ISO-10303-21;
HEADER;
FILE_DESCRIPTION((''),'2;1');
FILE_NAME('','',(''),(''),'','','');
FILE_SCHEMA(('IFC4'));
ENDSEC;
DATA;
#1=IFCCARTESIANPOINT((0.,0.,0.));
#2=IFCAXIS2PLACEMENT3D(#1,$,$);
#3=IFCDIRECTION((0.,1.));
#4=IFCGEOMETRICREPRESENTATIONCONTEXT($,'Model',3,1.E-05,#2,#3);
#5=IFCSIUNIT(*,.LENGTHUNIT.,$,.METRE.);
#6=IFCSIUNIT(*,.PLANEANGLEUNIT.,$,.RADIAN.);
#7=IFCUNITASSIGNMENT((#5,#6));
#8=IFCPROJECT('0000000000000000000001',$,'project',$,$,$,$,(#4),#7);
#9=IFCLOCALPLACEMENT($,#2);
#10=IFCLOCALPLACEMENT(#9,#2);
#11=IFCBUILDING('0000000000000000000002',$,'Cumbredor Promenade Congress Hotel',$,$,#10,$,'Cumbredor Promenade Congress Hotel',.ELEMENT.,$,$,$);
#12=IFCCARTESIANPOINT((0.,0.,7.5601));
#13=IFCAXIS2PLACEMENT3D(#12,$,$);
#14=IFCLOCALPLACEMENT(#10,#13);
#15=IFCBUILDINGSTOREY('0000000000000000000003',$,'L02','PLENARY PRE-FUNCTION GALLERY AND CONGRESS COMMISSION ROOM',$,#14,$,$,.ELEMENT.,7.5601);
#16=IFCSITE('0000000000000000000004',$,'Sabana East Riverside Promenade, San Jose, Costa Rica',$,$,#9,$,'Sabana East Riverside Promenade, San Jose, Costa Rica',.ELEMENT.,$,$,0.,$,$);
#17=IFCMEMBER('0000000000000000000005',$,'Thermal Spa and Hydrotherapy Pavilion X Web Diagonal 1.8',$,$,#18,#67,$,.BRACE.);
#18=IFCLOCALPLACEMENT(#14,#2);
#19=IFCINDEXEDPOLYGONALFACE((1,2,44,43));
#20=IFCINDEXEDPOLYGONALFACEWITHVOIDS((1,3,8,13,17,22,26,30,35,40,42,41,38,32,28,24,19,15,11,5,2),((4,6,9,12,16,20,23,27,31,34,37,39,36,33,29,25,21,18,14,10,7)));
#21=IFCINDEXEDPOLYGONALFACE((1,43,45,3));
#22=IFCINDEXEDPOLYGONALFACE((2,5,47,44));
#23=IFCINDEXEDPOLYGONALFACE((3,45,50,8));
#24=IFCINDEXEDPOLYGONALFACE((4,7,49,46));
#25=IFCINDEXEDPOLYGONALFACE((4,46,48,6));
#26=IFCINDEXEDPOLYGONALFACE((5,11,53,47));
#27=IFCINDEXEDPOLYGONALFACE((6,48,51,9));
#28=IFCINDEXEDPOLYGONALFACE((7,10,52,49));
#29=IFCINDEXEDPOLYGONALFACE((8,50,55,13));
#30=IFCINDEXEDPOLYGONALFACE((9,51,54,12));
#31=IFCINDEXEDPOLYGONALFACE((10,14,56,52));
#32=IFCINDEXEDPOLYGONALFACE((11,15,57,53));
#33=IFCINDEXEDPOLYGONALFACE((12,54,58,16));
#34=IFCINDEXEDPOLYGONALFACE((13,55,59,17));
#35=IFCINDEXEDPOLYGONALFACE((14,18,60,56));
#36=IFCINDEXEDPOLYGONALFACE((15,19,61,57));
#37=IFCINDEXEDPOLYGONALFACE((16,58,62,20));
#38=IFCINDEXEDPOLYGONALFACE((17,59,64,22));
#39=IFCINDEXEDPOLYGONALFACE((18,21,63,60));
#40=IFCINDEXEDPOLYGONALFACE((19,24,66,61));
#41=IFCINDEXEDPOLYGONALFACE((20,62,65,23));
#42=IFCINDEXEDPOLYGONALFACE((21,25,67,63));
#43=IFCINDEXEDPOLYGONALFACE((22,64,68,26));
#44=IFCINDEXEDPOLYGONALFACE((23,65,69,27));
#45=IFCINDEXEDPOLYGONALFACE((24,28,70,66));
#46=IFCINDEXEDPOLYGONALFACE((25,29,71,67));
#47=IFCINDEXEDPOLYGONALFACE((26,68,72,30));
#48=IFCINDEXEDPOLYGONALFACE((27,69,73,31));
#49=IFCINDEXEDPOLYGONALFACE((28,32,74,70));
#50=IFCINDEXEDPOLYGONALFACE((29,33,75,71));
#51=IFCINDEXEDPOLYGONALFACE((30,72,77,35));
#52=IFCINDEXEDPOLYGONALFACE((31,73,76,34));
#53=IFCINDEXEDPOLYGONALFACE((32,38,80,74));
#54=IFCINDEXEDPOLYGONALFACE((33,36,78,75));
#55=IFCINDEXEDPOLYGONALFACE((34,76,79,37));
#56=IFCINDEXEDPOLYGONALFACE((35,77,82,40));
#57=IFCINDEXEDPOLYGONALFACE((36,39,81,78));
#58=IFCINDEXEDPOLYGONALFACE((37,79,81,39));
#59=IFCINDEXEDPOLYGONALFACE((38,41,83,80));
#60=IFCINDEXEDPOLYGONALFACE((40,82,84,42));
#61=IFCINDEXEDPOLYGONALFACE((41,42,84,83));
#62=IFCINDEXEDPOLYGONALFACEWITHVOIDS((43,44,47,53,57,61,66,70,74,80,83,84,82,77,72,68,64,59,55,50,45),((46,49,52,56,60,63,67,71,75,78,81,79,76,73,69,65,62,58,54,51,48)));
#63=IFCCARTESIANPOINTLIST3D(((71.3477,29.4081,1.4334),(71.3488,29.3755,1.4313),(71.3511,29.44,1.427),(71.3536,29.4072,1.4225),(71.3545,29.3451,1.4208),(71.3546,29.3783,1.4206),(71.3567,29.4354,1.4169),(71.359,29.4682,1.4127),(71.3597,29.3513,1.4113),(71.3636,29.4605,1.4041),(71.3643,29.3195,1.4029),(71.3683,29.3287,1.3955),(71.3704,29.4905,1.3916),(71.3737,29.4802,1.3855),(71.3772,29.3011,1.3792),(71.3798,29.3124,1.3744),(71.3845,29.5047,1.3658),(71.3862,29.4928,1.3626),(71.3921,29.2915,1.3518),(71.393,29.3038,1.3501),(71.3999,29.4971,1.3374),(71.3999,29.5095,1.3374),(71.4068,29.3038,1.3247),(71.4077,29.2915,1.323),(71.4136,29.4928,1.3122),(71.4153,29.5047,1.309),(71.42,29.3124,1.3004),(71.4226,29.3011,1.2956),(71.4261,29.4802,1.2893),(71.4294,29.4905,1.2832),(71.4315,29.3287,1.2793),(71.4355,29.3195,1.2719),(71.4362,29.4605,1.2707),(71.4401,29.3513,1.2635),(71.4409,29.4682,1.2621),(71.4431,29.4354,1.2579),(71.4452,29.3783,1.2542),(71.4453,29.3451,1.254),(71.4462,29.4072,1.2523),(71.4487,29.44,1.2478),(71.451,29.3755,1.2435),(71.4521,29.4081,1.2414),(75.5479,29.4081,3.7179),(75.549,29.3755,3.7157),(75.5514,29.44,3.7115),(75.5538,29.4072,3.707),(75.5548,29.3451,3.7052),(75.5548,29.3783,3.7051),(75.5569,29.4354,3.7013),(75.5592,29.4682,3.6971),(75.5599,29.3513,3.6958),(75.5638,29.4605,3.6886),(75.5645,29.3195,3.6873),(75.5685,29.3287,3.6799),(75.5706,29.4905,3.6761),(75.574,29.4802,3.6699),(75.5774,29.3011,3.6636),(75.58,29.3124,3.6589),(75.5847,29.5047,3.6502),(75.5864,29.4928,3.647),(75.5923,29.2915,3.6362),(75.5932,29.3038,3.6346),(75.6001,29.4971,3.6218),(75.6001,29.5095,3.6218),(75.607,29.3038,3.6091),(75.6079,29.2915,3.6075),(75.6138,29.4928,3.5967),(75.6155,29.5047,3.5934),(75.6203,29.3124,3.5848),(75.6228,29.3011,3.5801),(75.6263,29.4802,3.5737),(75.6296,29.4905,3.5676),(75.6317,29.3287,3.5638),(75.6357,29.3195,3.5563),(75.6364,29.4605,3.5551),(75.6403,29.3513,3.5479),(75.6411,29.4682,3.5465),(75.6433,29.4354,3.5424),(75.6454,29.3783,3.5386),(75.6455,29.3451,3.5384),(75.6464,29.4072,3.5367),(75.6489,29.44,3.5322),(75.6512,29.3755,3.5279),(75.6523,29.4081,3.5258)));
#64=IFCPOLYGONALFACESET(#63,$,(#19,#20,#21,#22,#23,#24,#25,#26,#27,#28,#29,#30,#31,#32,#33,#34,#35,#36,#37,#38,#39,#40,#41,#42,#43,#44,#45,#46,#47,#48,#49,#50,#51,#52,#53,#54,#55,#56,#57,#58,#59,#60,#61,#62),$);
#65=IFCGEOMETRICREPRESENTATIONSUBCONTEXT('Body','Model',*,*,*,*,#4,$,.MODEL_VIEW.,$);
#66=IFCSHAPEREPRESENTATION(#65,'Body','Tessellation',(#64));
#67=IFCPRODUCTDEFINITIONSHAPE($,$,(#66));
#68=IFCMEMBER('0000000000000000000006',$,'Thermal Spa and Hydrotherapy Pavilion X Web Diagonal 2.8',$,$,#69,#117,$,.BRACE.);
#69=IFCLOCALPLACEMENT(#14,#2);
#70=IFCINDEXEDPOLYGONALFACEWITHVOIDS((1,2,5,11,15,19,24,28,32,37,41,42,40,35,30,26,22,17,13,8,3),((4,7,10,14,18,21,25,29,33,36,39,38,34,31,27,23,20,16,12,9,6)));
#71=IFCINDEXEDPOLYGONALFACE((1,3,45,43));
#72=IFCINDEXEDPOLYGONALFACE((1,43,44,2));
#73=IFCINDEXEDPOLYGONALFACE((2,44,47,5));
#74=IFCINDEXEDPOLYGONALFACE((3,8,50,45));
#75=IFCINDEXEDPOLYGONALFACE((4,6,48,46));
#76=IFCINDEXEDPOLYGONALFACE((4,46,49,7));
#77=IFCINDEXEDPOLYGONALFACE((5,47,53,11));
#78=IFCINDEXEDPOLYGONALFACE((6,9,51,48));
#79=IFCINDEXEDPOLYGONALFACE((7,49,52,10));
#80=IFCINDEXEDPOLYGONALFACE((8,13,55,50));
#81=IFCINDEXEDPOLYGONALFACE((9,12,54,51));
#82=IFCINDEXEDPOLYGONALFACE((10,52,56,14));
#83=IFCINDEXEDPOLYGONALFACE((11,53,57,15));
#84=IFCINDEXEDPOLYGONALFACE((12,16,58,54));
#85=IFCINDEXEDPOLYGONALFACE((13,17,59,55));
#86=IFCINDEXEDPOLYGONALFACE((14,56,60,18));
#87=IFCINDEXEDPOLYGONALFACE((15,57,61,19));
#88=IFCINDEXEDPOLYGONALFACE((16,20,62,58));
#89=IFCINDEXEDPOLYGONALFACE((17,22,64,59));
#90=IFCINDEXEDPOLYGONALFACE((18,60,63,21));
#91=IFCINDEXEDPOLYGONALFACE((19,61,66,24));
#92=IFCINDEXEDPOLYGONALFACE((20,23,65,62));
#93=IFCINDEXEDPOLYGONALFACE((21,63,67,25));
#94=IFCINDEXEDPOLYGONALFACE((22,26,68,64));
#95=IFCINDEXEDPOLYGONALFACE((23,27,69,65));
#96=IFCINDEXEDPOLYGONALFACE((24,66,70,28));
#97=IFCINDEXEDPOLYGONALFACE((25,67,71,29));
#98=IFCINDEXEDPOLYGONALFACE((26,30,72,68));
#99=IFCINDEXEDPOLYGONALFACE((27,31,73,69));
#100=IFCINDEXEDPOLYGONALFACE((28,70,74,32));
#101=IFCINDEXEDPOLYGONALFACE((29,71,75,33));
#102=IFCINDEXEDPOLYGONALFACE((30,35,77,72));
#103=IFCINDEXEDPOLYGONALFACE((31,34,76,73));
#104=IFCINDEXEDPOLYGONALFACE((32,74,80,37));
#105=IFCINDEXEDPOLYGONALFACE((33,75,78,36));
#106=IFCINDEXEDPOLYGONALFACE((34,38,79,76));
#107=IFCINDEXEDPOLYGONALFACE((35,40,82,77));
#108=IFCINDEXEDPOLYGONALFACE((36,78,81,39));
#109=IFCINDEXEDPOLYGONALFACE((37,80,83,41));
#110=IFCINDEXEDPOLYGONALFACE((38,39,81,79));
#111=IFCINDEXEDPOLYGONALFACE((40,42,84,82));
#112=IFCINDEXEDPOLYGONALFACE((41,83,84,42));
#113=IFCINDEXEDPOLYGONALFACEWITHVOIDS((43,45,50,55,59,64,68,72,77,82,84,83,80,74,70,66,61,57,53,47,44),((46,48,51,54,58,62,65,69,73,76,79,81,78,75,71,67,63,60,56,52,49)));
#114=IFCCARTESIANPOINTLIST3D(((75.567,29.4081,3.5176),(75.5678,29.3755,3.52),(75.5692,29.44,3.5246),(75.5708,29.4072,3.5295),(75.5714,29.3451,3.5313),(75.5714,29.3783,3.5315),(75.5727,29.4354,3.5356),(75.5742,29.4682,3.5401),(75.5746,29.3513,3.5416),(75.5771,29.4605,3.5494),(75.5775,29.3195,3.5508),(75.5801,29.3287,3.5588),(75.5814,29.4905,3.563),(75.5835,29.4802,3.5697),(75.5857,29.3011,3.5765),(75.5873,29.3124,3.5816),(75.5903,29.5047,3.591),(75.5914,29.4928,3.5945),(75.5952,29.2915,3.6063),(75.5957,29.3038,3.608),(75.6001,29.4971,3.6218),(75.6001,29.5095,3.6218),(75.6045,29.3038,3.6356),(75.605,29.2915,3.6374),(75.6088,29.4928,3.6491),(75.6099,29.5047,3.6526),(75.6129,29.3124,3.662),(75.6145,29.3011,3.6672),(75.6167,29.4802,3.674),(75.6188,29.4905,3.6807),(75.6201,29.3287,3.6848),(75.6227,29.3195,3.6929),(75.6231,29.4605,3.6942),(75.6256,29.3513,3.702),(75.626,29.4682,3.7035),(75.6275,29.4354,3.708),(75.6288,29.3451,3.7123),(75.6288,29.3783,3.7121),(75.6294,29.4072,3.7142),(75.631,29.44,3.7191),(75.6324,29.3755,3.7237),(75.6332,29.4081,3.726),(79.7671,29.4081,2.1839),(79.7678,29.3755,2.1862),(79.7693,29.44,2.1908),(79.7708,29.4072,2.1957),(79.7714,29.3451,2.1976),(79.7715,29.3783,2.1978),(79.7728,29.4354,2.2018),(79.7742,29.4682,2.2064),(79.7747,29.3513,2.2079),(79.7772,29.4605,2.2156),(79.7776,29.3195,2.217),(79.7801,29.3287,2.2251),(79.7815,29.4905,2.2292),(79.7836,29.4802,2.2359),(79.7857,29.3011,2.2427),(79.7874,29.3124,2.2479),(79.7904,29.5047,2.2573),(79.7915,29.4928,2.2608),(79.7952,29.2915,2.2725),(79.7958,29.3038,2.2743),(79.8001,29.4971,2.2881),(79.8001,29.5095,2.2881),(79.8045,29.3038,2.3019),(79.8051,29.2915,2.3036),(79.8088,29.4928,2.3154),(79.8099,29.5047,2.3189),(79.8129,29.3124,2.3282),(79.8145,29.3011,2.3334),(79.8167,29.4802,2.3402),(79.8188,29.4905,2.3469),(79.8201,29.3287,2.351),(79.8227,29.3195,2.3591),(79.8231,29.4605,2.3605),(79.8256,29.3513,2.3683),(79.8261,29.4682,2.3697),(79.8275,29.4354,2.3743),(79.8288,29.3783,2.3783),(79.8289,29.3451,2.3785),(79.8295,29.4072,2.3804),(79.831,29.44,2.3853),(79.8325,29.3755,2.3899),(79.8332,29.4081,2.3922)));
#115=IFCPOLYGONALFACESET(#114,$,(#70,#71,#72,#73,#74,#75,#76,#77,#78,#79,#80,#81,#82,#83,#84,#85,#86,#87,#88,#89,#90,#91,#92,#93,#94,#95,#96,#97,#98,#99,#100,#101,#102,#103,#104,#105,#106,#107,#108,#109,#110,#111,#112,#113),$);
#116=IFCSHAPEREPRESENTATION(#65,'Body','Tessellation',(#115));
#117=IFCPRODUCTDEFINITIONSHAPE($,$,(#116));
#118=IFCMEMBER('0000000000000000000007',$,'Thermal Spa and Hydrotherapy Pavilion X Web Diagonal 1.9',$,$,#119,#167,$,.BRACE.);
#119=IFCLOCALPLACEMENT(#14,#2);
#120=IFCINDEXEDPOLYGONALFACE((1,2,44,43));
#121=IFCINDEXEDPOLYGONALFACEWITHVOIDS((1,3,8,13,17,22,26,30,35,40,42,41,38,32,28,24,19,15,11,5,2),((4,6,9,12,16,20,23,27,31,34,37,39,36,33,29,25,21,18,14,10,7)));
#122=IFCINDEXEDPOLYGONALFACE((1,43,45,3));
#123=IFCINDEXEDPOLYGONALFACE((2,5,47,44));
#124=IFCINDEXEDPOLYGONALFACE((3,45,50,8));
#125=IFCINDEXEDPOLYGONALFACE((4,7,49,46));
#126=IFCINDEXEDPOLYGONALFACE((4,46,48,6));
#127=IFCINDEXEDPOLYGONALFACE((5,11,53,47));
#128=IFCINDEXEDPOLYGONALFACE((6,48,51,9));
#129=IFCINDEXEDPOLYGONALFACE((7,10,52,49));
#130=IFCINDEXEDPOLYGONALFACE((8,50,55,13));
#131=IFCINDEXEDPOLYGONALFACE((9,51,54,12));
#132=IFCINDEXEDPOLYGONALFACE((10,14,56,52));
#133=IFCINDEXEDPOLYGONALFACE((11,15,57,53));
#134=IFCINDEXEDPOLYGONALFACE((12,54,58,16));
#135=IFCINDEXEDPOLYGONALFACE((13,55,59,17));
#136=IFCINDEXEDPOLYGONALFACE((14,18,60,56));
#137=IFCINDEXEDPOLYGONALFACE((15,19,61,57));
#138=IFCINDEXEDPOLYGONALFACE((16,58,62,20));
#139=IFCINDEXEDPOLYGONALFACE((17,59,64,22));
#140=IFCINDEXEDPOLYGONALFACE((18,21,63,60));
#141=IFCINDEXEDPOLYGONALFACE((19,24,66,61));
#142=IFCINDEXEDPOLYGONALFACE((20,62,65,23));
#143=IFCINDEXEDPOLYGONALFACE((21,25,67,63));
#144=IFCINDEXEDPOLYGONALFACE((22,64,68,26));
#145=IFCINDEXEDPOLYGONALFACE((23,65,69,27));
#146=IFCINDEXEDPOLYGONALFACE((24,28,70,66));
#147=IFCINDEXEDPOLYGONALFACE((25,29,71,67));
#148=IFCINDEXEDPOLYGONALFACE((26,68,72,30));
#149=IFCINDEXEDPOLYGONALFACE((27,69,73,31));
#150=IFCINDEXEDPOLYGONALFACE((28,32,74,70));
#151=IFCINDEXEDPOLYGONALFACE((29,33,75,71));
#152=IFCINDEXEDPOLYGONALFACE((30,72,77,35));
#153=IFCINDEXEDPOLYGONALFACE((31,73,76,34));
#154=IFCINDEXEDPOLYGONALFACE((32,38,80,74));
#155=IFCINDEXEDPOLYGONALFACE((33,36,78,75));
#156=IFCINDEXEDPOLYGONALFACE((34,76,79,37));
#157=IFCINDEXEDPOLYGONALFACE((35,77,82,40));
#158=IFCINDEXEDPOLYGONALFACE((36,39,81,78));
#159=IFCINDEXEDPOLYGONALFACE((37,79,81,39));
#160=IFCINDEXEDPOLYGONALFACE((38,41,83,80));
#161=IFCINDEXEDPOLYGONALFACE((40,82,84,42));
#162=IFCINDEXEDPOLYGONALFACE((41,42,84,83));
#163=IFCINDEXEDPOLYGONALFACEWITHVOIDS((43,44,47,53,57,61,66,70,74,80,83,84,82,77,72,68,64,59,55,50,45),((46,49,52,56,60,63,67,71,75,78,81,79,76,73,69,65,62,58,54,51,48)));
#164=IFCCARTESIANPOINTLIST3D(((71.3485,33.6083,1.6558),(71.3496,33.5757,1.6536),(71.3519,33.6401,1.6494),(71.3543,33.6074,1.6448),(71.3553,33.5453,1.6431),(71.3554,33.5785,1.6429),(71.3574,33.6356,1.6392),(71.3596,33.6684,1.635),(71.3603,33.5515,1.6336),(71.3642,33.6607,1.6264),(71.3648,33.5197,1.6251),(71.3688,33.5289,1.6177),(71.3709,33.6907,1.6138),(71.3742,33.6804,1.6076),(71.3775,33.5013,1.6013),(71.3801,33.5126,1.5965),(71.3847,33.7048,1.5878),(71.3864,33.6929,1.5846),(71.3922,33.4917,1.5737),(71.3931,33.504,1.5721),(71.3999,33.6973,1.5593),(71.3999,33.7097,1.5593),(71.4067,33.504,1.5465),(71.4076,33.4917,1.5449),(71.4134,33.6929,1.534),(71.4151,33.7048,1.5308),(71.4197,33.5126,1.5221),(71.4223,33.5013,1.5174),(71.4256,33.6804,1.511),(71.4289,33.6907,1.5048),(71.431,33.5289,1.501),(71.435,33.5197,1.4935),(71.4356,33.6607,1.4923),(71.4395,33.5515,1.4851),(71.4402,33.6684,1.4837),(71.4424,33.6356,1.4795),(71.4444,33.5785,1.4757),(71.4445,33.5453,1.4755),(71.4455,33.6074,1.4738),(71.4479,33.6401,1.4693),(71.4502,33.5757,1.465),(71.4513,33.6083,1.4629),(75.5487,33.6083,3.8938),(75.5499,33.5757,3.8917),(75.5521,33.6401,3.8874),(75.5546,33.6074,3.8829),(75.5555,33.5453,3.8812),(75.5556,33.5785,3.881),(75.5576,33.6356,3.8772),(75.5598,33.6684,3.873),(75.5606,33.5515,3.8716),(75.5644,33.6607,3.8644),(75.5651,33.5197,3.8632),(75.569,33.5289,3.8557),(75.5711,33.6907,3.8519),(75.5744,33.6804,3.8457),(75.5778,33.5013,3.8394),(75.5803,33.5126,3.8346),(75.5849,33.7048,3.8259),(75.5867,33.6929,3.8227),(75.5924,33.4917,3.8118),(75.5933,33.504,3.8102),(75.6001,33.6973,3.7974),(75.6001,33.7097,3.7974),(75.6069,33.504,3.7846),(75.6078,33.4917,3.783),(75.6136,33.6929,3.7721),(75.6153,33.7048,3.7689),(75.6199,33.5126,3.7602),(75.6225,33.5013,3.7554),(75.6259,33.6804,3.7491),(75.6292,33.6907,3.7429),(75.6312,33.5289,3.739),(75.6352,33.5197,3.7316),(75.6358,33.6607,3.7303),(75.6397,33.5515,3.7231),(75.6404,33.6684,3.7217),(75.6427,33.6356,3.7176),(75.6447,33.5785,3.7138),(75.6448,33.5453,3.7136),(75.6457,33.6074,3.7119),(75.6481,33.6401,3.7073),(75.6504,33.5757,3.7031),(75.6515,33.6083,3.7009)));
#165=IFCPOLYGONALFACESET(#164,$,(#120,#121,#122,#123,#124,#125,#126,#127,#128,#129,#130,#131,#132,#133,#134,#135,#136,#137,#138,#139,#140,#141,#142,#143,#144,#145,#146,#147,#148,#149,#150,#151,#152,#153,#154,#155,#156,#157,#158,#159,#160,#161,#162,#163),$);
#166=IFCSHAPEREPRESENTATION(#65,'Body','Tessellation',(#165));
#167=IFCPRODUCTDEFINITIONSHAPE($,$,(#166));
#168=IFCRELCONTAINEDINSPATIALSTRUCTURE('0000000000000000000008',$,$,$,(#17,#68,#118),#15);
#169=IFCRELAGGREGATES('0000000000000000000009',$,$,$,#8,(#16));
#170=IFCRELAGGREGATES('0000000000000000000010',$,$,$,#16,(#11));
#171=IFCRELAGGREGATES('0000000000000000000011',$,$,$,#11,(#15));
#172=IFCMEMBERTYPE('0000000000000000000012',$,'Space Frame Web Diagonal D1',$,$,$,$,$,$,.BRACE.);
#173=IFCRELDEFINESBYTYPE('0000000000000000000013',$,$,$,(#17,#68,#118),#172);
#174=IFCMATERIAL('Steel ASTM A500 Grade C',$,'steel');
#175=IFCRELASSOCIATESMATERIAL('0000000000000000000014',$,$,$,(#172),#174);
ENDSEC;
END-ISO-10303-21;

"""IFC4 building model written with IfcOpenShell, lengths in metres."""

from ifc_helpers import new_model, si_unit, direction, frame, origin, origin_2d, place, context, subcontext, project, spatial, hollow_circle, extrude, material, material_profile, profile_set, type_object, element, save


model = new_model("IFC4")

# Units and contexts
model_context = context("Model", 3, precision=1e-05, world=origin(), true_north=direction((0.0, 1.0)))
body_context = subcontext(model_context, "Body", "Model", "MODEL_VIEW")
ifc_project = project(units=[si_unit("LENGTHUNIT", "METRE"), si_unit("PLANEANGLEUNIT", "RADIAN")], contexts=[model_context])

# Site, building, storey
site_placement = place(None, origin())
site = spatial("IfcSite", under=ifc_project, at=site_placement, Name="Sabana East Riverside Promenade, San Jose, Costa Rica", LongName="Sabana East Riverside Promenade, San Jose, Costa Rica", CompositionType="ELEMENT", RefElevation=0.0)
building_placement = place(site_placement, origin())
building = spatial("IfcBuilding", under=site, at=building_placement, Name="Cumbredor Promenade Congress Hotel", LongName="Cumbredor Promenade Congress Hotel", CompositionType="ELEMENT")
storey_placement = place(building_placement, frame((0.0, 0.0, 7.5601)))
storey = spatial("IfcBuildingStorey", under=building, at=storey_placement, Name="L02", Description="PLENARY PRE-FUNCTION GALLERY AND CONGRESS COMMISSION ROOM", CompositionType="ELEMENT", Elevation=7.5601)

# Members
ifc_material_1 = material(Name="Steel ASTM A500 Grade C", Category="steel")
ifc_material_profile_1 = material_profile(ifc_material_1, hollow_circle(Radius=0.1096, WallThickness=0.0125, at=origin_2d()), Name="CHS 219.1x12.5")
ifc_profile_set_1 = profile_set([ifc_material_profile_1], Name="Steel ASTM A500 Grade C")
member_type_1 = type_object("IfcMemberType", Name="Space Frame Web Diagonal D1", PredefinedType="BRACE", material=ifc_profile_set_1)
member_1_placement = place(storey_placement, frame((71.3999, 29.3999, 1.3374), z_axis=(0.878475, 0.0, 0.477789), x_axis=(0.0, 1.0, 0.0)))
element("IfcMember", 1, at=member_1_placement, inside=storey, type_object=member_type_1, Name="Thermal Spa and Hydrotherapy Pavilion X Web Diagonal 1.8", PredefinedType="BRACE", context=body_context, shape_type="SweptSolid", body=[
    extrude(hollow_circle(Radius=0.1096, WallThickness=0.0125, at=origin_2d()), origin(), (0.0, 0.0, 1.0), 4.7812),
])
member_2_placement = place(storey_placement, frame((75.6001, 29.3999, 3.6218), z_axis=(0.953097, 0.0, -0.302666), x_axis=(0.0, 1.0, 0.0)))
element("IfcMember", 2, at=member_2_placement, inside=storey, type_object=member_type_1, Name="Thermal Spa and Hydrotherapy Pavilion X Web Diagonal 2.8", PredefinedType="BRACE", context=body_context, shape_type="SweptSolid", body=[
    extrude(hollow_circle(Radius=0.1096, WallThickness=0.0125, at=origin_2d()), origin(), (0.0, 0.0, 1.0), 4.4067),
])
member_3_placement = place(storey_placement, frame((71.3999, 33.6001, 1.5593), z_axis=(0.882533, 0.0, 0.47025), x_axis=(0.0, 1.0, 0.0)))
element("IfcMember", 3, at=member_3_placement, inside=storey, type_object=member_type_1, Name="Thermal Spa and Hydrotherapy Pavilion X Web Diagonal 1.9", PredefinedType="BRACE", context=body_context, shape_type="SweptSolid", body=[
    extrude(hollow_circle(Radius=0.1096, WallThickness=0.0125, at=origin_2d()), origin(), (0.0, 0.0, 1.0), 4.7593),
])

save(model, "model.ifc")
